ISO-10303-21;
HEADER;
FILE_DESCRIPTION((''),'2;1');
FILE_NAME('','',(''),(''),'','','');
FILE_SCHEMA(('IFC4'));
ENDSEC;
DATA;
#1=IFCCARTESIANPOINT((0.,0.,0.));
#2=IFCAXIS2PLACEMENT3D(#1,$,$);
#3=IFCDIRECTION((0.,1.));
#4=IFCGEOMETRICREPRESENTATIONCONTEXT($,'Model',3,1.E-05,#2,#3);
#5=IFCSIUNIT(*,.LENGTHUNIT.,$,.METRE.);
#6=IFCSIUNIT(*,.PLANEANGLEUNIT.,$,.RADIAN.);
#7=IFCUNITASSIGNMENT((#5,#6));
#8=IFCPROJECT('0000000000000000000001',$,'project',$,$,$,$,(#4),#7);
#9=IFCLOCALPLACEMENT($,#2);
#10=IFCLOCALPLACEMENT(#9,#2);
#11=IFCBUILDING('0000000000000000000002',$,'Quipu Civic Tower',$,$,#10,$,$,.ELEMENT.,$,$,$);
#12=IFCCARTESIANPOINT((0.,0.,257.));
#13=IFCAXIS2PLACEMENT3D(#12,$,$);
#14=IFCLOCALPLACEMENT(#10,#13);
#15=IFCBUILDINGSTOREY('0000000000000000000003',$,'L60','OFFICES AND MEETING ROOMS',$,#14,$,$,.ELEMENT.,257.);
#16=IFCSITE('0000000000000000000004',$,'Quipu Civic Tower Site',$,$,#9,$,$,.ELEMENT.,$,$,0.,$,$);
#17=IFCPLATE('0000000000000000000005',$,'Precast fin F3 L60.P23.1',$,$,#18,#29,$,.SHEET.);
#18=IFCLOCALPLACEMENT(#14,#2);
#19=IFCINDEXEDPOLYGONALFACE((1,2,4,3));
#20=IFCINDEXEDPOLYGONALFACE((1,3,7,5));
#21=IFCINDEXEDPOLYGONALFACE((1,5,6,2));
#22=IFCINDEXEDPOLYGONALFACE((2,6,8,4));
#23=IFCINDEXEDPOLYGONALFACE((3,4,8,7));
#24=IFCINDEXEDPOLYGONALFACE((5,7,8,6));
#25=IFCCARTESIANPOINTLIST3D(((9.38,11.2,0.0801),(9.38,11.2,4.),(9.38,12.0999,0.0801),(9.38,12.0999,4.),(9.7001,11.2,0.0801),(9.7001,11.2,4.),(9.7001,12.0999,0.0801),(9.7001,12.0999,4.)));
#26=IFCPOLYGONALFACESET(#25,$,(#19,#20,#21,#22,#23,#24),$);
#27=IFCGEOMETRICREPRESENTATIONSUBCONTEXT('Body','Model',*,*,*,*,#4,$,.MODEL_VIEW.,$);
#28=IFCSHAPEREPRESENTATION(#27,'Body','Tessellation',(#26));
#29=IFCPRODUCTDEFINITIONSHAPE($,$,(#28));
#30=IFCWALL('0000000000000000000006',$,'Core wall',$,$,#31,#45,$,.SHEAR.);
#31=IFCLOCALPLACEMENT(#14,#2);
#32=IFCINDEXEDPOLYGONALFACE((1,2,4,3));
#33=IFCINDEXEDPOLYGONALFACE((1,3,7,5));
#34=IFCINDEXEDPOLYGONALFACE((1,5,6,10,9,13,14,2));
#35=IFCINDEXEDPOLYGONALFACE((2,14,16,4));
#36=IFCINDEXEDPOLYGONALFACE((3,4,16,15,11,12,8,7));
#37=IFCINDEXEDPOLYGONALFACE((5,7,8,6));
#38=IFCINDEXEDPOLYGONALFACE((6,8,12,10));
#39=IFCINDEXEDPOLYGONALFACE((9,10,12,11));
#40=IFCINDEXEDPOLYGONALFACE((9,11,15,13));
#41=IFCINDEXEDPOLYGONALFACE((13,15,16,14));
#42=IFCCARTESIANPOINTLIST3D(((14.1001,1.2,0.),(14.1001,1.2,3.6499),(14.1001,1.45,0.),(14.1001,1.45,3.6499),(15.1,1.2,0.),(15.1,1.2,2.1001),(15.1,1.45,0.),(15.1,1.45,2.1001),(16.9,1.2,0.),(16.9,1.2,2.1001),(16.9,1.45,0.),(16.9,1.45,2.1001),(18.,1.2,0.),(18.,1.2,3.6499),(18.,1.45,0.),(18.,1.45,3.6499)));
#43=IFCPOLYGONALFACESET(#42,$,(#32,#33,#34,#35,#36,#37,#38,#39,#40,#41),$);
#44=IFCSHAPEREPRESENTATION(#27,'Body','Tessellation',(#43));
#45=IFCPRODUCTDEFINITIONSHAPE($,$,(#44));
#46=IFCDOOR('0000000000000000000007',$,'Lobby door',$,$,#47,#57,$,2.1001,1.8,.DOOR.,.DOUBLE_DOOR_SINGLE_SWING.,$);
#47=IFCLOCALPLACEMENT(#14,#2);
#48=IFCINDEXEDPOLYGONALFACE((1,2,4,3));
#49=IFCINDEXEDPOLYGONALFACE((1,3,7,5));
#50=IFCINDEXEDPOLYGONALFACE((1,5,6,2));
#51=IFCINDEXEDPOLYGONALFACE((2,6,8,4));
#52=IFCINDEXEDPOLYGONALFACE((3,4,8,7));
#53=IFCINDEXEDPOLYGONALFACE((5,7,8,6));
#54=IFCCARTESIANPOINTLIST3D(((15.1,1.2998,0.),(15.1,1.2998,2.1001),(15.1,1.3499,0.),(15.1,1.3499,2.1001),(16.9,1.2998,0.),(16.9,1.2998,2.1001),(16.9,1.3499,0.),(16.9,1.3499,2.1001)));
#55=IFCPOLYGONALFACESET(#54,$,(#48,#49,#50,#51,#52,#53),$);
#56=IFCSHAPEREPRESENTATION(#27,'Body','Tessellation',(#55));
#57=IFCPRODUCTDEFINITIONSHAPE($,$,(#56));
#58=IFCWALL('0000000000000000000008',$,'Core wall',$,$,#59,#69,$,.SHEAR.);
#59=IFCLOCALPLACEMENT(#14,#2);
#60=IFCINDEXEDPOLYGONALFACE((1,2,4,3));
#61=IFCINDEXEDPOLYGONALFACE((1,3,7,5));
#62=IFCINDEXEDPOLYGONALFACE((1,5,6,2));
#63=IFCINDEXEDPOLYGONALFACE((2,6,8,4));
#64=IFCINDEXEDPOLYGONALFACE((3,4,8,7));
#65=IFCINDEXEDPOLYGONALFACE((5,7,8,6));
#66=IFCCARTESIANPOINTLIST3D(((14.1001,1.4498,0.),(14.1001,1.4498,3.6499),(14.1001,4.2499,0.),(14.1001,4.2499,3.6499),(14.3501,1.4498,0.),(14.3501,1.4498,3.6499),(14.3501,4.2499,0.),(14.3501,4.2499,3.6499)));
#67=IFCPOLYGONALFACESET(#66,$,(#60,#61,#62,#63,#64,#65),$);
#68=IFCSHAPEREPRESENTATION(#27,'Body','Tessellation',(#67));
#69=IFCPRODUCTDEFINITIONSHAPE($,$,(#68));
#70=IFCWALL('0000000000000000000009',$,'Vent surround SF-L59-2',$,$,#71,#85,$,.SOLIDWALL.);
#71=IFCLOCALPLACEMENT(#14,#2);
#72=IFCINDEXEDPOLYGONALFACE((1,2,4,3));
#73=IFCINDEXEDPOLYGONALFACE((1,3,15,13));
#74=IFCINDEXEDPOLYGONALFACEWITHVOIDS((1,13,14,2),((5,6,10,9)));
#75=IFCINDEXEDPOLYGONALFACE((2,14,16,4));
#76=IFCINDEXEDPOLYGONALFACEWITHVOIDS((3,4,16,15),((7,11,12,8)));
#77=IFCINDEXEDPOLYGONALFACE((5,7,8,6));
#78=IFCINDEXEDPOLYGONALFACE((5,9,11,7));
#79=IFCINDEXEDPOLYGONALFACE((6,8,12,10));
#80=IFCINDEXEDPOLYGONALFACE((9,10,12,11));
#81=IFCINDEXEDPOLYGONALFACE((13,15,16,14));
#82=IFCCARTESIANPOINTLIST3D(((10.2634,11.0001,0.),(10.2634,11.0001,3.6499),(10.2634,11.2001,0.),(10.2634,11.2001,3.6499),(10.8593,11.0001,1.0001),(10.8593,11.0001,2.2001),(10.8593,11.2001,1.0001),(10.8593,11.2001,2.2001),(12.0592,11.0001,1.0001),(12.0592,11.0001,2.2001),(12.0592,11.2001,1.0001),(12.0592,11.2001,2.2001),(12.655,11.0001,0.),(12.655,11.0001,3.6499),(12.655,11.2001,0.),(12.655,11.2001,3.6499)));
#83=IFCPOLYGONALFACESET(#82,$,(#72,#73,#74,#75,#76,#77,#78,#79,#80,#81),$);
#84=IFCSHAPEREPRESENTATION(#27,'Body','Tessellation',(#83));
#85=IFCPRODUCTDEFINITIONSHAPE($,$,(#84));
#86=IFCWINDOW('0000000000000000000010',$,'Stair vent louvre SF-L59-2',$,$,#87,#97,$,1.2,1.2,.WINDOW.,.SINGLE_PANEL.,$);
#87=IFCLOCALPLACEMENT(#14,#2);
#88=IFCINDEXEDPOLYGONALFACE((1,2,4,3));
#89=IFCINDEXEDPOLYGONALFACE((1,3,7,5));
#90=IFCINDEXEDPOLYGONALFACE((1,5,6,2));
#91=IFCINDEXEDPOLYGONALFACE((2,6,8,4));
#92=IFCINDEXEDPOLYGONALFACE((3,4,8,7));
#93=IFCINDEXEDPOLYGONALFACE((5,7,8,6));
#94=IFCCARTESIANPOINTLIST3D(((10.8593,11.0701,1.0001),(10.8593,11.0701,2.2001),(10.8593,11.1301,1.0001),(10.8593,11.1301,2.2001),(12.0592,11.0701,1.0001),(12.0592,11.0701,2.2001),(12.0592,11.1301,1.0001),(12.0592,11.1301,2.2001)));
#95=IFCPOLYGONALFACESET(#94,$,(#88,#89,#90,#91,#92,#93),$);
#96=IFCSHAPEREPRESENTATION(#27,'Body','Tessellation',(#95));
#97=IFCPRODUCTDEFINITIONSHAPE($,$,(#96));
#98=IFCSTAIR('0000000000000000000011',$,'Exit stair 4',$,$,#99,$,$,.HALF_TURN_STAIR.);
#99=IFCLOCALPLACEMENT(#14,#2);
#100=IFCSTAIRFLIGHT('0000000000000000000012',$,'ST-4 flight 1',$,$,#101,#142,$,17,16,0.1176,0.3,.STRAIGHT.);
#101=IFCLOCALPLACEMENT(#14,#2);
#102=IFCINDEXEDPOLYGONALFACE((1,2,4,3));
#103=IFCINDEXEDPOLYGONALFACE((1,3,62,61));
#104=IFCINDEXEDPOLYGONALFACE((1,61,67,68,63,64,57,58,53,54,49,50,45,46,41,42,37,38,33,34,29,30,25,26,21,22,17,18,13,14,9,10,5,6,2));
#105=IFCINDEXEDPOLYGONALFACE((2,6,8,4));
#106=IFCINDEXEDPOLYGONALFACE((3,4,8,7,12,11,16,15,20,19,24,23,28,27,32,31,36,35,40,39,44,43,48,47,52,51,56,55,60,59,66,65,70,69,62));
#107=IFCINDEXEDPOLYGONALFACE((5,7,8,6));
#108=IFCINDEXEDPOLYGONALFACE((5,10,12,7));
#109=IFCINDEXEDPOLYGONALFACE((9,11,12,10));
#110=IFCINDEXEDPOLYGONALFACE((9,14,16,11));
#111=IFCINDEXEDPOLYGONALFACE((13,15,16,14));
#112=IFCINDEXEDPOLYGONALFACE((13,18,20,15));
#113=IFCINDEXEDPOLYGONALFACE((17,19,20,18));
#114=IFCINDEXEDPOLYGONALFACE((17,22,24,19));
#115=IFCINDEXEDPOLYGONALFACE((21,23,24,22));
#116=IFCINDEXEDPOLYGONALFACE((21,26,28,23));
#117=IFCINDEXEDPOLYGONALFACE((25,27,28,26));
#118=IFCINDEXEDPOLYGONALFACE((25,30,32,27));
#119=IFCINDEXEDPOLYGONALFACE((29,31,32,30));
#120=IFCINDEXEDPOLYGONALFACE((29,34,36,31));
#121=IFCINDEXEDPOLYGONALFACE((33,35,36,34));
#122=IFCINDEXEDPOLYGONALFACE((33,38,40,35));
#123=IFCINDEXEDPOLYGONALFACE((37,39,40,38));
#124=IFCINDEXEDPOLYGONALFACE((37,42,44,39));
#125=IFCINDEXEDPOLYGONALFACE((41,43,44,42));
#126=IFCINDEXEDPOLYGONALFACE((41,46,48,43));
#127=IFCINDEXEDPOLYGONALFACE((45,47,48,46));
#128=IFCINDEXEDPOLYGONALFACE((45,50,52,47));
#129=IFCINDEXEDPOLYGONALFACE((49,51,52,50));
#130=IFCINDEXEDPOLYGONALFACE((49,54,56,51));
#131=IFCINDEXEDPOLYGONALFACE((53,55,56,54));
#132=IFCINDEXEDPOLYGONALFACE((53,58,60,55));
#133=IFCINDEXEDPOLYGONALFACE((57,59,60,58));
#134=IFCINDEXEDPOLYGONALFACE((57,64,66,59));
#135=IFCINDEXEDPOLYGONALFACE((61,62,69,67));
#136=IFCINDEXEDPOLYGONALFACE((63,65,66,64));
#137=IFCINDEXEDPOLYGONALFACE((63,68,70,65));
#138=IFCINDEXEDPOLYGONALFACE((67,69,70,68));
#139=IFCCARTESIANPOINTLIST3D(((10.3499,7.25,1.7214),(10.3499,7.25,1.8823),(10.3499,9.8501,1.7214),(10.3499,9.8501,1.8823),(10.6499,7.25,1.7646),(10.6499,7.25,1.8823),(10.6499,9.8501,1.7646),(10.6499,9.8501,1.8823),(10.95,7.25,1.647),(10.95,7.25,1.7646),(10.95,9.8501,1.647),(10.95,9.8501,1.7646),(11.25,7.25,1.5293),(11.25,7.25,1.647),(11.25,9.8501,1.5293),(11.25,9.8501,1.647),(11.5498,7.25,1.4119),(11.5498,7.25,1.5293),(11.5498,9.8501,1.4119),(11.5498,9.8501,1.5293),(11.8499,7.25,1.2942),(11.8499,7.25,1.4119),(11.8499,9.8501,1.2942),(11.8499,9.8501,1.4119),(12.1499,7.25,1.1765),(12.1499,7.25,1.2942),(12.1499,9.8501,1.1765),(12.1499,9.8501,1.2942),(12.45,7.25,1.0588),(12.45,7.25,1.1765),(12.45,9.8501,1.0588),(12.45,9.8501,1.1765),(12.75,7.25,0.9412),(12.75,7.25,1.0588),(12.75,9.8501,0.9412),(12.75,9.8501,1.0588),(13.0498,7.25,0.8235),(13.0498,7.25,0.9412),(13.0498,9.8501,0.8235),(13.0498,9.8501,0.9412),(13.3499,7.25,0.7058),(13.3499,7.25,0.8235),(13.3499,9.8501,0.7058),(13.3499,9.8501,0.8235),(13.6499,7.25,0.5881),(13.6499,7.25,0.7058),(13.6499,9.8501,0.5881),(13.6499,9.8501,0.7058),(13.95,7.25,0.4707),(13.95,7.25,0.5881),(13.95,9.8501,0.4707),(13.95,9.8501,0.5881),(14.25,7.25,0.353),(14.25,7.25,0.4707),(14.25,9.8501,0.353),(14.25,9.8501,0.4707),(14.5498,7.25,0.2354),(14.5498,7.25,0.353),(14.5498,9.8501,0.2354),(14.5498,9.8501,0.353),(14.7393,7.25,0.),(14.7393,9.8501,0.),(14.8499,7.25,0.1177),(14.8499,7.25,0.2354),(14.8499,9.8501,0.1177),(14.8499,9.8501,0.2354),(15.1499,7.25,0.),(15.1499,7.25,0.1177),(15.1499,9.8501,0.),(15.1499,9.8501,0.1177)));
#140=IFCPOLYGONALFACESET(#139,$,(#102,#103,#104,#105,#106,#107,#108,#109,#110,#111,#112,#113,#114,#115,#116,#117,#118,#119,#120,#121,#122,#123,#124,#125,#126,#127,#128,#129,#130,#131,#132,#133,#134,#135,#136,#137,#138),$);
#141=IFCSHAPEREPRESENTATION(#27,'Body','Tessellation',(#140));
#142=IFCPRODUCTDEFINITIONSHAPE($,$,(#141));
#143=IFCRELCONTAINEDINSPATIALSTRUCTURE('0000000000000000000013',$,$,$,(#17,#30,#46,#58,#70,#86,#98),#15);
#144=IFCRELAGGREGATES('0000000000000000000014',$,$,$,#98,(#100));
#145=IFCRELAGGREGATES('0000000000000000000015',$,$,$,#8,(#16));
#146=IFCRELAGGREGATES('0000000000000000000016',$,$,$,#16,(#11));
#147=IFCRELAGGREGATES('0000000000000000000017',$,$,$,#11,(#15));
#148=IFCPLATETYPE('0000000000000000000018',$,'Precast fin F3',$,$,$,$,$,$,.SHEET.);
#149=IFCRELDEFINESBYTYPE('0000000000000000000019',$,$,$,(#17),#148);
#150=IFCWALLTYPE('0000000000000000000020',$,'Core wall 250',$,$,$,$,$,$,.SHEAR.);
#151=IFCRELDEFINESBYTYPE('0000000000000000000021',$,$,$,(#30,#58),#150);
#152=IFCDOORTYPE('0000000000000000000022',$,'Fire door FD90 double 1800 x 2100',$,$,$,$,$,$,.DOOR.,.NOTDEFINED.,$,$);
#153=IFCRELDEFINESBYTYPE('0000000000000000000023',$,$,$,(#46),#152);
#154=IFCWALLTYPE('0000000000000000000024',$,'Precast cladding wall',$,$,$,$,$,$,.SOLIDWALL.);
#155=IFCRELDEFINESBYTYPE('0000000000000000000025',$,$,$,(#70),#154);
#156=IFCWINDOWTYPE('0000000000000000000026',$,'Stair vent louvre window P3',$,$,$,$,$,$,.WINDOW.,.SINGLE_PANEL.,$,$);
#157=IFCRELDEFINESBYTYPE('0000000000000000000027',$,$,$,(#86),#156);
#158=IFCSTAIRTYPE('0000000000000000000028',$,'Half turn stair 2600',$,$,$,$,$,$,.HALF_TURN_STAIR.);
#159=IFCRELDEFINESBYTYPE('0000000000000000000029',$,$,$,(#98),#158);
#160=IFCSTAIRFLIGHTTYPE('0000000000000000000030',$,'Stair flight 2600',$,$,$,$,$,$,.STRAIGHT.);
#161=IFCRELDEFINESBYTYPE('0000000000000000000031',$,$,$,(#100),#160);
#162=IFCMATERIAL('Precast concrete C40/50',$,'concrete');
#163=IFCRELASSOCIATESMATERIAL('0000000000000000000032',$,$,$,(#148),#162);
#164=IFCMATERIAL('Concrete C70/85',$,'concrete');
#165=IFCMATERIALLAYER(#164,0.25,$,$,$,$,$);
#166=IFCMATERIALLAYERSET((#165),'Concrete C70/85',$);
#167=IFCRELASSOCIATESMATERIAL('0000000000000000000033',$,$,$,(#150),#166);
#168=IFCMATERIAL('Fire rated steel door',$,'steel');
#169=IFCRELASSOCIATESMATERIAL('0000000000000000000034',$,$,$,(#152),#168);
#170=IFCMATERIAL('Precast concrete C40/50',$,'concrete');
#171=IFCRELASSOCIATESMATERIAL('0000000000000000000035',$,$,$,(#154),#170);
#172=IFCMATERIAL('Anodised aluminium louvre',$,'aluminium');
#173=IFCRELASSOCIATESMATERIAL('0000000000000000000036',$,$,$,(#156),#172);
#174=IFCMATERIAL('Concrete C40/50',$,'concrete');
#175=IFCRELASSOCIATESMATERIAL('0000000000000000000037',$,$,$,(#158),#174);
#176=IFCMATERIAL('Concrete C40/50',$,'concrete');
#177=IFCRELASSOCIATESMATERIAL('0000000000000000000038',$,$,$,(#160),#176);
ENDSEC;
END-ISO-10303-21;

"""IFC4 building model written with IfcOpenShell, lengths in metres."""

from ifc_helpers import new_model, si_unit, direction, frame, frame_2d, origin, origin_2d, place, context, subcontext, project, spatial, polyline, rectangle, outline, extrude, material, layer, layer_set, type_object, element, fill, aggregate, save


model = new_model("IFC4")

# Units and contexts
model_context = context("Model", 3, precision=1e-05, world=origin(), true_north=direction((0.0, 1.0)))
body_context = subcontext(model_context, "Body", "Model", "MODEL_VIEW")
ifc_project = project(units=[si_unit("LENGTHUNIT", "METRE"), si_unit("PLANEANGLEUNIT", "RADIAN")], contexts=[model_context])

# Site, building, storey
site_placement = place(None, origin())
site = spatial("IfcSite", under=ifc_project, at=site_placement, Name="Quipu Civic Tower Site", CompositionType="ELEMENT", RefElevation=0.0)
building_placement = place(site_placement, origin())
building = spatial("IfcBuilding", under=site, at=building_placement, Name="Quipu Civic Tower", CompositionType="ELEMENT")
storey_placement = place(building_placement, frame((0.0, 0.0, 257.0)))
storey = spatial("IfcBuildingStorey", under=building, at=storey_placement, Name="L60", Description="OFFICES AND MEETING ROOMS", CompositionType="ELEMENT", Elevation=257.0)

# Plate
ifc_material_1 = material(Name="Precast concrete C40/50", Category="concrete")
plate_type_1 = type_object("IfcPlateType", Name="Precast fin F3", PredefinedType="SHEET", material=ifc_material_1)
for number, where, z_axis, x_axis, name in (
    (1, (9.54, 11.6499, 0.0801), (0.0, 0.0, 1.0), (-1.0, 0.0, 0.0), "Precast fin F3 L60.P23.1"),
):
    element("IfcPlate", number, at=place(storey_placement, frame(where, z_axis=z_axis, x_axis=x_axis)), inside=storey, type_object=plate_type_1, Name=name, PredefinedType="SHEET", context=body_context, shape_type="SweptSolid", body=[
        extrude(rectangle(XDim=0.3201, YDim=0.8999, at=origin_2d()), origin(), (0.0, 0.0, 1.0), 3.9199),
    ])

# Wall, opening, door
ifc_material_2 = material(Name="Concrete C70/85", Category="concrete")
ifc_layer_1 = layer(ifc_material_2, 0.25)
ifc_layer_set_1 = layer_set([ifc_layer_1], Name="Concrete C70/85")
wall_type_1 = type_object("IfcWallType", Name="Core wall 250", PredefinedType="SHEAR", material=ifc_layer_set_1)
wall_1_placement = place(storey_placement, frame((14.1001, 1.325, 0.0), z_axis=(0.0, 0.0, 1.0), x_axis=(1.0, 0.0, 0.0)))
wall_1 = element("IfcWall", 2, at=wall_1_placement, inside=storey, type_object=wall_type_1, Name="Core wall", PredefinedType="SHEAR", context=body_context, shape_type="SweptSolid", body=[
    extrude(rectangle(XDim=3.8999, YDim=0.25, at=frame_2d((1.95, 0.0))), origin(), (0.0, 0.0, 1.0), 3.6499),
])
opening_1_placement = place(wall_1_placement, frame((1.0, 0.0, 0.0)))
opening_1 = element("IfcOpeningElement", 3, at=opening_1_placement, cuts=wall_1, PredefinedType="OPENING", context=body_context, shape_type="SweptSolid", body=[
    extrude(rectangle(XDim=1.8, YDim=2.1001, at=frame_2d((0.8999, 1.05))), frame((0.0, 0.135, 0.0), z_axis=(0.0, -1.0, 0.0), x_axis=(1.0, 0.0, 0.0)), (0.0, 0.0, 1.0), 0.27),
])
ifc_material_3 = material(Name="Fire rated steel door", Category="steel")
door_type = type_object("IfcDoorType", Name="Fire door FD90 double 1800 x 2100", OperationType="NOTDEFINED", PredefinedType="DOOR", material=ifc_material_3)
door_placement = place(opening_1_placement, origin())
door = element("IfcDoor", 4, at=door_placement, inside=storey, type_object=door_type, Name="Lobby door", OperationType="DOUBLE_DOOR_SINGLE_SWING", OverallHeight=2.1001, OverallWidth=1.8, PredefinedType="DOOR", context=body_context, shape_type="SweptSolid", body=[
    extrude(rectangle(XDim=1.8, YDim=2.1001, at=frame_2d((0.8999, 1.05))), frame((0.0, 0.0249, 0.0), z_axis=(0.0, -1.0, 0.0), x_axis=(1.0, 0.0, 0.0)), (0.0, 0.0, 1.0), 0.05),
])
fill(opening_1, door)

# Wall
wall_2_placement = place(storey_placement, frame((14.2251, 1.45, 0.0), z_axis=(0.0, 0.0, 1.0), x_axis=(0.0, 1.0, 0.0)))
element("IfcWall", 5, at=wall_2_placement, inside=storey, type_object=wall_type_1, Name="Core wall", PredefinedType="SHEAR", context=body_context, shape_type="SweptSolid", body=[
    extrude(rectangle(XDim=2.8, YDim=0.25, at=frame_2d((1.3999, 0.0))), origin(), (0.0, 0.0, 1.0), 3.6499),
])

# Wall, opening, window
ifc_material_4 = material(Name="Precast concrete C40/50", Category="concrete")
wall_type_2 = type_object("IfcWallType", Name="Precast cladding wall", PredefinedType="SOLIDWALL", material=ifc_material_4)
wall_3_placement = place(storey_placement, frame((12.655, 11.1001, 0.0), z_axis=(0.0, 0.0, 1.0), x_axis=(-1.0, 0.0, 0.0)))
wall_3 = element("IfcWall", 6, at=wall_3_placement, inside=storey, type_object=wall_type_2, Name="Vent surround SF-L59-2", PredefinedType="SOLIDWALL", context=body_context, shape_type="SweptSolid", body=[
    extrude(rectangle(XDim=2.3916, YDim=0.2, at=frame_2d((1.1958, 0.0))), origin(), (0.0, 0.0, 1.0), 3.6499),
])
opening_2_placement = place(wall_3_placement, frame((0.5957, 0.0, 1.0)))
opening_2 = element("IfcOpeningElement", 7, at=opening_2_placement, cuts=wall_3, PredefinedType="OPENING", context=body_context, shape_type="SweptSolid", body=[
    extrude(rectangle(XDim=1.2, YDim=1.2, at=frame_2d((0.6001, 0.6001))), frame((0.0, 0.1099, 0.0), z_axis=(0.0, -1.0, 0.0), x_axis=(1.0, 0.0, 0.0)), (0.0, 0.0, 1.0), 0.22),
])
ifc_material_5 = material(Name="Anodised aluminium louvre", Category="aluminium")
window_type = type_object("IfcWindowType", Name="Stair vent louvre window P3", PartitioningType="SINGLE_PANEL", PredefinedType="WINDOW", material=ifc_material_5)
window_placement = place(opening_2_placement, origin())
window = element("IfcWindow", 8, at=window_placement, inside=storey, type_object=window_type, Name="Stair vent louvre SF-L59-2", OverallHeight=1.2, OverallWidth=1.2, PartitioningType="SINGLE_PANEL", PredefinedType="WINDOW", context=body_context, shape_type="SweptSolid", body=[
    extrude(rectangle(XDim=1.2, YDim=1.2, at=frame_2d((0.6001, 0.6001))), frame((0.0, 0.03, 0.0), z_axis=(0.0, -1.0, 0.0), x_axis=(1.0, 0.0, 0.0)), (0.0, 0.0, 1.0), 0.0601),
])
fill(opening_2, window)

# Stair, stair flight
ifc_material_6 = material(Name="Concrete C40/50", Category="concrete")
stair_type = type_object("IfcStairType", Name="Half turn stair 2600", PredefinedType="HALF_TURN_STAIR", material=ifc_material_6)
stair_placement = place(storey_placement, origin())
stair = element("IfcStair", 9, at=stair_placement, inside=storey, type_object=stair_type, Name="Exit stair 4", PredefinedType="HALF_TURN_STAIR")
ifc_material_7 = material(Name="Concrete C40/50", Category="concrete")
stair_flight_type = type_object("IfcStairFlightType", Name="Stair flight 2600", PredefinedType="STRAIGHT", material=ifc_material_7)
stair_flight_1_placement = place(storey_placement, frame((15.1499, 8.55, 0.0), z_axis=(0.0, 0.0, 1.0), x_axis=(-1.0, 0.0, 0.0)))
stair_flight_1 = element("IfcStairFlight", 10, at=stair_flight_1_placement, type_object=stair_flight_type, Name="ST-4 flight 1", NumberOfRisers=17, NumberOfTreads=16, PredefinedType="STRAIGHT", RiserHeight=0.1176, TreadLength=0.3, context=body_context, shape_type="SweptSolid", body=[
    extrude(outline(polyline([(0.0, 0.0), (0.0, 0.1177), (0.3, 0.1177), (0.3, 0.2354), (0.6001, 0.2354), (0.6001, 0.353), (0.8999, 0.353), (0.8999, 0.4707), (1.2, 0.4707), (1.2, 0.5881), (1.5, 0.5881), (1.5, 0.7058), (1.8, 0.7058), (1.8, 0.8235), (2.1001, 0.8235), (2.1001, 0.9412), (2.3999, 0.9412), (2.3999, 1.0588), (2.7, 1.0588), (2.7, 1.1765), (3.0, 1.1765), (3.0, 1.2942), (3.3, 1.2942), (3.3, 1.4119), (3.6001, 1.4119), (3.6001, 1.5293), (3.8999, 1.5293), (3.8999, 1.647), (4.2, 1.647), (4.2, 1.7646), (4.5, 1.7646), (4.5, 1.8823), (4.8, 1.8823), (4.8, 2.0), (4.8, 1.7214), (0.4106, 0.0), (0.0, 0.0)])), frame((0.0, 1.3, 0.0), z_axis=(0.0, -1.0, 0.0), x_axis=(1.0, 0.0, 0.0)), (0.0, 0.0, 1.0), 2.6001),
])
aggregate(stair, [stair_flight_1])

save(model, "model.ifc")
